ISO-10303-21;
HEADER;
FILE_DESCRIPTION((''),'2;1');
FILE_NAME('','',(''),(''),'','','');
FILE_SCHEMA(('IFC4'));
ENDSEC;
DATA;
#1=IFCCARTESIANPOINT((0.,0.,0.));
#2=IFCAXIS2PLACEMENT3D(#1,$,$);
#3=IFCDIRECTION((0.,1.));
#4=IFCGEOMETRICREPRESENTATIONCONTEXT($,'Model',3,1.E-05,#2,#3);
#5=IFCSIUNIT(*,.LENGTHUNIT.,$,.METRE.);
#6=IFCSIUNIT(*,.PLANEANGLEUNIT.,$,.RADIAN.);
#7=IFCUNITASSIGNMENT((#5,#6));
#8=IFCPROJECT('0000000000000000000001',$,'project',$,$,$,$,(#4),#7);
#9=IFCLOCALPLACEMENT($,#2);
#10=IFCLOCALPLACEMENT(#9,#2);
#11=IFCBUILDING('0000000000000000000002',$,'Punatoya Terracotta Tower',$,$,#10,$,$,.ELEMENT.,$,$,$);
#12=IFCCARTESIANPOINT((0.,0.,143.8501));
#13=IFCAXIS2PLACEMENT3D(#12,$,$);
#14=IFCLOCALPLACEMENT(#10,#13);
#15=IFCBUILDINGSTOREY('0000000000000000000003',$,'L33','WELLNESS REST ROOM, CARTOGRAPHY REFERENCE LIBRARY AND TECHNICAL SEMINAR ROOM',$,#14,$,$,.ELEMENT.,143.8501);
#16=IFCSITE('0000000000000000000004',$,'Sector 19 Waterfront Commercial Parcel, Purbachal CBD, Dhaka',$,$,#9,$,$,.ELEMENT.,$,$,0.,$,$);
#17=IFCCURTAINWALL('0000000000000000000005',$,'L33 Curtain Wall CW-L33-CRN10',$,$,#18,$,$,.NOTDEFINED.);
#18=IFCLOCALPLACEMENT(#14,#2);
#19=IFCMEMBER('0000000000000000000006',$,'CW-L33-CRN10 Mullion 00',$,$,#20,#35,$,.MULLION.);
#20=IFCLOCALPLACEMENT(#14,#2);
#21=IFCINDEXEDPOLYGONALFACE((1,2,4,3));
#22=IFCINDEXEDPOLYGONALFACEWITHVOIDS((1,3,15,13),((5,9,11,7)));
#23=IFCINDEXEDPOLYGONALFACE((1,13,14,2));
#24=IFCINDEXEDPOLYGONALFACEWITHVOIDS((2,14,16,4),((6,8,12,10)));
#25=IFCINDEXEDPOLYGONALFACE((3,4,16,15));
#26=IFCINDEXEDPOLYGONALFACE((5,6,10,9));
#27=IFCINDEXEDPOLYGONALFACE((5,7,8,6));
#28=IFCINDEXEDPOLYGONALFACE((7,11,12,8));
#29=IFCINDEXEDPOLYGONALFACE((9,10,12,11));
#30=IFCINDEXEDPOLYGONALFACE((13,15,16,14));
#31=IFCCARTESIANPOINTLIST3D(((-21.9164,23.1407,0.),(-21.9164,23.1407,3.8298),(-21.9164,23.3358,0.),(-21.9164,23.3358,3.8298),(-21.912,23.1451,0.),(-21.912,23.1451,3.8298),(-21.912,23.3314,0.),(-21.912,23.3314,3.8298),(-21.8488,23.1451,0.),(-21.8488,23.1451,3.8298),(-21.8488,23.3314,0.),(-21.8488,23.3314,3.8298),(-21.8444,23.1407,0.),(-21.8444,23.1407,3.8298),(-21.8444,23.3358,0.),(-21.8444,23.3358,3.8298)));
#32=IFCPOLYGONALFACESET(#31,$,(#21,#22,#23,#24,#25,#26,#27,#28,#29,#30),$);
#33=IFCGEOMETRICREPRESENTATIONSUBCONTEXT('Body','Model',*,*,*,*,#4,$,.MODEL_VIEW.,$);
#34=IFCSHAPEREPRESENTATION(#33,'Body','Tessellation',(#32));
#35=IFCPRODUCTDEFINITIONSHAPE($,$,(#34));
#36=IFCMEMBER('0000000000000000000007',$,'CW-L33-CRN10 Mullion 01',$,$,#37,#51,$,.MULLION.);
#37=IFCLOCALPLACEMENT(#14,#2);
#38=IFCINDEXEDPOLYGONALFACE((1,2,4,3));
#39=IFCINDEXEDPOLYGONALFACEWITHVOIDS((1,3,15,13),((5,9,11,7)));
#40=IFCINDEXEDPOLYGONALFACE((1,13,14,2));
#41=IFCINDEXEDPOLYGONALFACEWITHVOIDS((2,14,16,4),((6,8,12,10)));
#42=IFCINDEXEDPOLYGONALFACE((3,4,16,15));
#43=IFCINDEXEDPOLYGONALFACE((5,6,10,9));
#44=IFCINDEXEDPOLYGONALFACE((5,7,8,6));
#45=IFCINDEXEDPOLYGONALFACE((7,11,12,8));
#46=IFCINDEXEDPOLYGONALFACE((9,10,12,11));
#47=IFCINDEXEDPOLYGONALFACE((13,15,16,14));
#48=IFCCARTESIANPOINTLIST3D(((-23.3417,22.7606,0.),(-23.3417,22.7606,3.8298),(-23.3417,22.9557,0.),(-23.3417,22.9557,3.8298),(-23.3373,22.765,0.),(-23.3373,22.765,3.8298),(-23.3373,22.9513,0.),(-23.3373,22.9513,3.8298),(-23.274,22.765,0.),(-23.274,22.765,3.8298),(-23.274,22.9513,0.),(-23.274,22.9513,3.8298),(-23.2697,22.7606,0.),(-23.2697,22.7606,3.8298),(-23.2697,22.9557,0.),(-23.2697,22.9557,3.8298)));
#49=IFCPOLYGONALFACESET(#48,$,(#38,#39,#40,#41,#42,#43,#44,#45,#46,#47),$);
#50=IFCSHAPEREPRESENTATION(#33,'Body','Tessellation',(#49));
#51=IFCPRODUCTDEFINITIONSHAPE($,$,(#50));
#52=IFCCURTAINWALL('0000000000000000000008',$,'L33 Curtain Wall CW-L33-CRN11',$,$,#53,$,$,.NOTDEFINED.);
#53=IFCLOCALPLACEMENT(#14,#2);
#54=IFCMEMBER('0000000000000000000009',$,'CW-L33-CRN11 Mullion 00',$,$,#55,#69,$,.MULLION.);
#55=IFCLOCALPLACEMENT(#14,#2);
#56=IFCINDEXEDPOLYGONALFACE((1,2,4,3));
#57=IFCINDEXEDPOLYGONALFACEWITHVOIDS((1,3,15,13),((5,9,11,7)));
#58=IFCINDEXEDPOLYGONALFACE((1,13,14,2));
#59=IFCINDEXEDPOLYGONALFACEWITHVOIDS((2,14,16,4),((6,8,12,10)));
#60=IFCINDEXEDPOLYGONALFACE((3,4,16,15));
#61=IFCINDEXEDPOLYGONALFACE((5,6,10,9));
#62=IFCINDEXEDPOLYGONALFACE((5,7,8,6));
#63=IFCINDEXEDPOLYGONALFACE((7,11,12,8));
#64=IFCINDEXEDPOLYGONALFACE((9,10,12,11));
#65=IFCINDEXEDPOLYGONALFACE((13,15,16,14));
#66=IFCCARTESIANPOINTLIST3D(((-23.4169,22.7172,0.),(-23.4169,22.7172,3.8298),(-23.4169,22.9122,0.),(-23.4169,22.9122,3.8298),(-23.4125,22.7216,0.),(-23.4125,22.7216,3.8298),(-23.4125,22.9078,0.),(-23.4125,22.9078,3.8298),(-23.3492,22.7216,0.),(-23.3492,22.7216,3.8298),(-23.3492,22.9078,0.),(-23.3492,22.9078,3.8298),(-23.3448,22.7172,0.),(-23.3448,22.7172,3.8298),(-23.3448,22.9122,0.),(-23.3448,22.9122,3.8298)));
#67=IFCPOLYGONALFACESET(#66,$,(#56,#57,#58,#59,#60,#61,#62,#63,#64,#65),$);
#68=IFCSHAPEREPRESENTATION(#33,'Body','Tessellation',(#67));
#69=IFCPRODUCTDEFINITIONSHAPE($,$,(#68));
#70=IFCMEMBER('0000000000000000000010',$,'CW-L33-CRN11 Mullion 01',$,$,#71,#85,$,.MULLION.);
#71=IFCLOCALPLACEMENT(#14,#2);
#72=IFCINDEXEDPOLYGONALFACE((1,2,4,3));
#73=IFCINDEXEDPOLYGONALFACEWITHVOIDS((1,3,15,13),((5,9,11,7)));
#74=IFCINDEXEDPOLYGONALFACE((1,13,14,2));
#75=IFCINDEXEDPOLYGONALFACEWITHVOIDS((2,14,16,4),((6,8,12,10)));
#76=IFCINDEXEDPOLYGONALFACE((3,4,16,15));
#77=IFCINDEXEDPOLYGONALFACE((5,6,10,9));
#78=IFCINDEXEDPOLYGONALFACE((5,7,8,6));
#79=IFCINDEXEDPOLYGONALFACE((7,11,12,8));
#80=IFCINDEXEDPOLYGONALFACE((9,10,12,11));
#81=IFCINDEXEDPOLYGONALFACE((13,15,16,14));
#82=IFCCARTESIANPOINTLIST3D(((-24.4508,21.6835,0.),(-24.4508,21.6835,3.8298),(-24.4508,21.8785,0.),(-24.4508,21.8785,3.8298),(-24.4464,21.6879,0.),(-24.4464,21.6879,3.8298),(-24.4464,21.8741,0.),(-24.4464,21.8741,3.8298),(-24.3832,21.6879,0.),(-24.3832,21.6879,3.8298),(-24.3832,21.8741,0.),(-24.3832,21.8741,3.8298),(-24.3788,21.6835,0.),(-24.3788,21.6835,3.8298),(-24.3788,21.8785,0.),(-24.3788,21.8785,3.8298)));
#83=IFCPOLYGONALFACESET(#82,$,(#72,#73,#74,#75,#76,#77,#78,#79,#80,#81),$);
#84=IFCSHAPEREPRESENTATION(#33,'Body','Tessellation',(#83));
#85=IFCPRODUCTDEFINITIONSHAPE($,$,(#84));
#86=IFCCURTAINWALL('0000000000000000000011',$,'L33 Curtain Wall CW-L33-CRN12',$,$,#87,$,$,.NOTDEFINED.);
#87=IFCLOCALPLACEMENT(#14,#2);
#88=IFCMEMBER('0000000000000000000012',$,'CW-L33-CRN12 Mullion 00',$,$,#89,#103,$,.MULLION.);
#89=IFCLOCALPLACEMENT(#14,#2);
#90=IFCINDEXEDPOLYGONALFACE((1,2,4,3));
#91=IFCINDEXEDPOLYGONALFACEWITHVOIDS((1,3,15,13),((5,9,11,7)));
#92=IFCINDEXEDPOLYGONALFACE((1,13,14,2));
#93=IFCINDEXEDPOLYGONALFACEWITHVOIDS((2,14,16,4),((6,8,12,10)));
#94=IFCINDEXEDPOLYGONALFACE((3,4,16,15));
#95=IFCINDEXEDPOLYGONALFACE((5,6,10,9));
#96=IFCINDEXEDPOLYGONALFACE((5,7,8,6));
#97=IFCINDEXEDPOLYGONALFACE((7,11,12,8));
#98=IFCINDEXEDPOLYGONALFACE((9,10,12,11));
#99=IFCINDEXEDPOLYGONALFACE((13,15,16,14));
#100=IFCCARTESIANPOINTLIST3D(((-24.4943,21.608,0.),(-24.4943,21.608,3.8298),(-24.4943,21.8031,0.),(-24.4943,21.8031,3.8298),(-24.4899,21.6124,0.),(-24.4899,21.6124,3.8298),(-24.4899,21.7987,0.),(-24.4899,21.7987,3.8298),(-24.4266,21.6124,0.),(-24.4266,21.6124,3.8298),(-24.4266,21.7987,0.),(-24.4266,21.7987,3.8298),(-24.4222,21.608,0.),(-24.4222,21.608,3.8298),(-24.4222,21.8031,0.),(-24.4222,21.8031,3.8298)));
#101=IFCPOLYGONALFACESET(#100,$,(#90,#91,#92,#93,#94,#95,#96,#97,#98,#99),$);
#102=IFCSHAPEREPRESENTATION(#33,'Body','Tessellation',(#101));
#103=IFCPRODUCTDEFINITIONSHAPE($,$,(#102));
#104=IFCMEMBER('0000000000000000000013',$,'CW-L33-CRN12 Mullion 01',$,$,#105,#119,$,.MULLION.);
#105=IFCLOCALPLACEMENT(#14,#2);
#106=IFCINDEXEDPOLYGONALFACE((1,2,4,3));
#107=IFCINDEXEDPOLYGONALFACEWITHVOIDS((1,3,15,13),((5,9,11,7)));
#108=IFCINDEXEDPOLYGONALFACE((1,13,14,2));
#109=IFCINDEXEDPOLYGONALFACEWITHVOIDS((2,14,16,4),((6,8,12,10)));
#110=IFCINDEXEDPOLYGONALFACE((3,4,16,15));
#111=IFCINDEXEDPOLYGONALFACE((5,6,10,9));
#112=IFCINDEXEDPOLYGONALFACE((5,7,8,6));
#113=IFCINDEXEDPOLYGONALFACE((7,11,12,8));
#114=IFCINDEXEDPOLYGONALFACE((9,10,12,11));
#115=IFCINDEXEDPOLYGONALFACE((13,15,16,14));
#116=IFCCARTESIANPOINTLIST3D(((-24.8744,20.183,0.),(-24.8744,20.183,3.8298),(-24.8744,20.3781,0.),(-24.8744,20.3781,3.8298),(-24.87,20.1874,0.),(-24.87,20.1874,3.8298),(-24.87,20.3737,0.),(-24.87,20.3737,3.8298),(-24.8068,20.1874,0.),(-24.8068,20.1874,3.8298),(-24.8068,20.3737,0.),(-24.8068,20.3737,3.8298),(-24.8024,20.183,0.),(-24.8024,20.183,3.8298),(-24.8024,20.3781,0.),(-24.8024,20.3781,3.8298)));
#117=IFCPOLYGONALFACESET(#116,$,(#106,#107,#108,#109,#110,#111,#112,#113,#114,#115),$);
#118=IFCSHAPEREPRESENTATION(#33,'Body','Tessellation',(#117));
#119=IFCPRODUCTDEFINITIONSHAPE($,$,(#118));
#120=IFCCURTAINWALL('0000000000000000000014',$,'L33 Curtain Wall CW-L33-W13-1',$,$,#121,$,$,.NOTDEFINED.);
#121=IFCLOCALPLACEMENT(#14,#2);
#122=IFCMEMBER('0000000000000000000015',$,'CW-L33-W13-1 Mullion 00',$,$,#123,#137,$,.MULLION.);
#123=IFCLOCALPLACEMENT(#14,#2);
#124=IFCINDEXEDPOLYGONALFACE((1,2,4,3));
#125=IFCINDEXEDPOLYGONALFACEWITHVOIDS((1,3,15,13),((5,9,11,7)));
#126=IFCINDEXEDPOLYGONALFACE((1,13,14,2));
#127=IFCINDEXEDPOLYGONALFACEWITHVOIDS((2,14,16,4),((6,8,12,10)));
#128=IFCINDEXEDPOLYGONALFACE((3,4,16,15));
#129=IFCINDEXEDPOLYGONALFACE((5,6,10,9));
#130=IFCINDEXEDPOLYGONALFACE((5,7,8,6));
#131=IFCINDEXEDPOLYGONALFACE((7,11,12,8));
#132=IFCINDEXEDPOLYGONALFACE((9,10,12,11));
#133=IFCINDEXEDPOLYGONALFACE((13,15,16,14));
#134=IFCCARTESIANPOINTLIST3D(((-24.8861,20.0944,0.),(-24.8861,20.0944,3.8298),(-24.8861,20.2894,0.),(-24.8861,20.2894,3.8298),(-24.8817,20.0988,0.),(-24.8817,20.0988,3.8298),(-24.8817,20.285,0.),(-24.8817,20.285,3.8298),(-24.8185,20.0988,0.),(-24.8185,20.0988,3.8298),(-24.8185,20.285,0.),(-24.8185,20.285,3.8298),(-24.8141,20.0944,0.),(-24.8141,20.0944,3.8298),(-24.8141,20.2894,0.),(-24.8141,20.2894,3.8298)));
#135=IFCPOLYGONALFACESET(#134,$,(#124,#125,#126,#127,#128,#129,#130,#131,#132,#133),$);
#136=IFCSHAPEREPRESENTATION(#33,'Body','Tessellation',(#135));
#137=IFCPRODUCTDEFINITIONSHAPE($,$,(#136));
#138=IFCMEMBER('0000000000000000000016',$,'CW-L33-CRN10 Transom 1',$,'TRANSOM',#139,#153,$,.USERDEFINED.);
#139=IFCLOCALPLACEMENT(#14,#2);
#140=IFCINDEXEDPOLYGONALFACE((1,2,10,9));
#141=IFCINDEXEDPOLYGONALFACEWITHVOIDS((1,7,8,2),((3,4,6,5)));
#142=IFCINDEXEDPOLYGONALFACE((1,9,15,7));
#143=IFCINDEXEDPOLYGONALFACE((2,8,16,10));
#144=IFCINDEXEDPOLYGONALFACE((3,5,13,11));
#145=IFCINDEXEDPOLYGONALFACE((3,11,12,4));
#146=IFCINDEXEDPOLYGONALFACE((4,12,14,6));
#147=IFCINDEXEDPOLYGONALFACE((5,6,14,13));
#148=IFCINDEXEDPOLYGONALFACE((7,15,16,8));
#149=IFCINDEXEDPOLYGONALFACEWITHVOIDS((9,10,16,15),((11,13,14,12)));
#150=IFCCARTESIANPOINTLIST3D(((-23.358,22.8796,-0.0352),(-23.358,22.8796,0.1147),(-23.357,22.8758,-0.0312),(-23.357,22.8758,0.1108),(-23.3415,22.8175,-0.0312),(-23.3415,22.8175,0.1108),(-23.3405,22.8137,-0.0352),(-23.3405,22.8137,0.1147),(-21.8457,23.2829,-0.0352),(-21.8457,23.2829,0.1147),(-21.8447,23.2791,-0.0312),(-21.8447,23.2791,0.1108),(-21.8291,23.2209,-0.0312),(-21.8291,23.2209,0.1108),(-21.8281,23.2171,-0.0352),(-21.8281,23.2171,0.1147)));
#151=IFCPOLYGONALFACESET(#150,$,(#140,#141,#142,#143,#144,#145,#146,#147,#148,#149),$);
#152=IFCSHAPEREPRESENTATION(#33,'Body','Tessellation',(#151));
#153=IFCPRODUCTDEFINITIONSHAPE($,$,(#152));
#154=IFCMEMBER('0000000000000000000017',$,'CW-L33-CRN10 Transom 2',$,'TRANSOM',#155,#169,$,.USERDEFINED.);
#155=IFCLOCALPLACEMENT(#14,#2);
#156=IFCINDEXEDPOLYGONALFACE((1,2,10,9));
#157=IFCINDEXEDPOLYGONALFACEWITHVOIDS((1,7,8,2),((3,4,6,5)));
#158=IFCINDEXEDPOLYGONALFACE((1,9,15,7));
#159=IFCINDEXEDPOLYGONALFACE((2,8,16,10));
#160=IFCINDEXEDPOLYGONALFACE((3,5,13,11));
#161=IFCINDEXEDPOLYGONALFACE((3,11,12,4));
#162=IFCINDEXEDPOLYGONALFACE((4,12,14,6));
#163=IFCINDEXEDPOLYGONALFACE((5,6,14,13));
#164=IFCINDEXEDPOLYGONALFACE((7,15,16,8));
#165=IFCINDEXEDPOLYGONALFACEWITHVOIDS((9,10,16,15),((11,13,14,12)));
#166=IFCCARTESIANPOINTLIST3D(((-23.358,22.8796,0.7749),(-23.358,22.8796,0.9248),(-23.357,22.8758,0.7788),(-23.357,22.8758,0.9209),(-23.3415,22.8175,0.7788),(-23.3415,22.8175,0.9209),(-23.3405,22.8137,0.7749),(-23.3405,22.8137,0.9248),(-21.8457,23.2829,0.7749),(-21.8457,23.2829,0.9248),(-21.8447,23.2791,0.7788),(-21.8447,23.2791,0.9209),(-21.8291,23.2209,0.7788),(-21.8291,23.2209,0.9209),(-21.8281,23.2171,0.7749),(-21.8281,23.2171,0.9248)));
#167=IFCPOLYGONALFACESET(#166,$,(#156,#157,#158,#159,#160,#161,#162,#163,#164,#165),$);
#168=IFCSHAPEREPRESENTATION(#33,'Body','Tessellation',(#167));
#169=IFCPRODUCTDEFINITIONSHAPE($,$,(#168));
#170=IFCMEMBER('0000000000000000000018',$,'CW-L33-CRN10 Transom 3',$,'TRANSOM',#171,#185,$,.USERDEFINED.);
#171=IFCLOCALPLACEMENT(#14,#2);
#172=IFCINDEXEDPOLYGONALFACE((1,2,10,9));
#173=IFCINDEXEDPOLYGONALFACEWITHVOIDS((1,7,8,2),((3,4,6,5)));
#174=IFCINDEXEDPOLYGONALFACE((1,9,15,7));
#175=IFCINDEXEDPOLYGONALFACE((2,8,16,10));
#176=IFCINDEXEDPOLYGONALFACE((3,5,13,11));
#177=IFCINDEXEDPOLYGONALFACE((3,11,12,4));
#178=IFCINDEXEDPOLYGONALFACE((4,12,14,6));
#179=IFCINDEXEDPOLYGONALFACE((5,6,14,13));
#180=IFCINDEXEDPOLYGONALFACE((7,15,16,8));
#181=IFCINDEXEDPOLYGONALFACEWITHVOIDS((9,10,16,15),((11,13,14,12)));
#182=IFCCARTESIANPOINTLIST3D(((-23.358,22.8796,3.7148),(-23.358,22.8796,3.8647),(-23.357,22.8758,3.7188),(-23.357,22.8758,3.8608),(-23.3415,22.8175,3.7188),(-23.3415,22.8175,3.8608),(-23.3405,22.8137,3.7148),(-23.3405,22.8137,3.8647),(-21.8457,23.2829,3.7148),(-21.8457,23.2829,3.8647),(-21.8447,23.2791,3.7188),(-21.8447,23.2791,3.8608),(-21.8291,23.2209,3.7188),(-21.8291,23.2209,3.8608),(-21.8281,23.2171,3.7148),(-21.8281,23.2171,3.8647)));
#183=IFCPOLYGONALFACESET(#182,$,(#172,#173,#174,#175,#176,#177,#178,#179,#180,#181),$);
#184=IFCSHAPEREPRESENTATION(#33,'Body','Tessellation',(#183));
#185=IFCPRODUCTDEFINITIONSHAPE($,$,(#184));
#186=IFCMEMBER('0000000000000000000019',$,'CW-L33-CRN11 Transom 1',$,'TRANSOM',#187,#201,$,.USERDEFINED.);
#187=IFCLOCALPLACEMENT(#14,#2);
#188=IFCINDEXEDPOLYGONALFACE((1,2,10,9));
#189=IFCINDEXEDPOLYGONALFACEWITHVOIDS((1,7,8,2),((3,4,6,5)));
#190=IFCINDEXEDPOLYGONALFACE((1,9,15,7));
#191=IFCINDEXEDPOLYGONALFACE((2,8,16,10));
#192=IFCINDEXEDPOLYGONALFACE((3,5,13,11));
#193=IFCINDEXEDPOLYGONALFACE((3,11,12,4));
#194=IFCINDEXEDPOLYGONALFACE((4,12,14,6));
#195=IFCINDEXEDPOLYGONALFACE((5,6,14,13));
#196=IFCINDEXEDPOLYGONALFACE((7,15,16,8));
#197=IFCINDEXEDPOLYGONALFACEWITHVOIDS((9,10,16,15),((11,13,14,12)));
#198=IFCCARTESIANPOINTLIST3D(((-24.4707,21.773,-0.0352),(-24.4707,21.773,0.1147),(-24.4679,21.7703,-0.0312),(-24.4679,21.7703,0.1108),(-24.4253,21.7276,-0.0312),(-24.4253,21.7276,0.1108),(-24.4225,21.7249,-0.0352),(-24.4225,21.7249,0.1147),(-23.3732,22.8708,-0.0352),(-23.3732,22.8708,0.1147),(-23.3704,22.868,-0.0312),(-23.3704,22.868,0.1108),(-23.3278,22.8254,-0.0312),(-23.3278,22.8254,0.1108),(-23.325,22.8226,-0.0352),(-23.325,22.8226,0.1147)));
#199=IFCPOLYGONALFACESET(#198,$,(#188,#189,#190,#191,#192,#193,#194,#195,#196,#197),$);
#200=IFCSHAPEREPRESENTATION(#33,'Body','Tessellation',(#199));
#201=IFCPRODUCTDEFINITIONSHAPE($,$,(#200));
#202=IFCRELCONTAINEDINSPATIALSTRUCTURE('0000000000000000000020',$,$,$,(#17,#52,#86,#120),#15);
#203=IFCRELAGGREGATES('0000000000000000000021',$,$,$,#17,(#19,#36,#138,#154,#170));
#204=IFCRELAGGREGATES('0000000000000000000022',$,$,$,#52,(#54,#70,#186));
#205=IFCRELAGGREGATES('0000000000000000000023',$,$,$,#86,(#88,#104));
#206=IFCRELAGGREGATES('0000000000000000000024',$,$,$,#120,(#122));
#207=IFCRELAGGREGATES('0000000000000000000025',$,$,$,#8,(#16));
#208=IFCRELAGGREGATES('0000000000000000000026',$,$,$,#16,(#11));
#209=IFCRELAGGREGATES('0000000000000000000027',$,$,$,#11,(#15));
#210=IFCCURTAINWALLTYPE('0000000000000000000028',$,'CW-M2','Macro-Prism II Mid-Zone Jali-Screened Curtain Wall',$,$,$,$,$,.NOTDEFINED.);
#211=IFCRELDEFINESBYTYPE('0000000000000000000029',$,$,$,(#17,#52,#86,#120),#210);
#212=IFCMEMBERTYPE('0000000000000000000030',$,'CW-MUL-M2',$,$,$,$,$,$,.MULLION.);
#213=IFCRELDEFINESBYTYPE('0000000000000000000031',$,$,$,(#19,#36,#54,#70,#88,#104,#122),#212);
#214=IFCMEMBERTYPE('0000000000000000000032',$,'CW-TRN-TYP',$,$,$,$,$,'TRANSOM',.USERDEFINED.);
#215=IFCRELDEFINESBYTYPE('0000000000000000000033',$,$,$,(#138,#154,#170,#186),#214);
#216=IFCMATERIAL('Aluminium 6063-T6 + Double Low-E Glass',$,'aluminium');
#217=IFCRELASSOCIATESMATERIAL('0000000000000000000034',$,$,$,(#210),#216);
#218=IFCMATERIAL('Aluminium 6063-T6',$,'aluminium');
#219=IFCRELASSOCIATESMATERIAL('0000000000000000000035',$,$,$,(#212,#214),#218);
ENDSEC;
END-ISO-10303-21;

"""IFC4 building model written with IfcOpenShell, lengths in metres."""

from ifc_helpers import new_model, si_unit, direction, frame, origin, origin_2d, place, context, subcontext, project, spatial, hollow_rectangle, extrude, material, material_profile, profile_set, type_object, element, aggregate, save


model = new_model("IFC4")

# Units and contexts
model_context = context("Model", 3, precision=1e-05, world=origin(), true_north=direction((0.0, 1.0)))
body_context = subcontext(model_context, "Body", "Model", "MODEL_VIEW")
ifc_project = project(units=[si_unit("LENGTHUNIT", "METRE"), si_unit("PLANEANGLEUNIT", "RADIAN")], contexts=[model_context])

# Site, building, storey
site_placement = place(None, origin())
site = spatial("IfcSite", under=ifc_project, at=site_placement, Name="Sector 19 Waterfront Commercial Parcel, Purbachal CBD, Dhaka", CompositionType="ELEMENT", RefElevation=0.0)
building_placement = place(site_placement, origin())
building = spatial("IfcBuilding", under=site, at=building_placement, Name="Punatoya Terracotta Tower", CompositionType="ELEMENT")
storey_placement = place(building_placement, frame((0.0, 0.0, 143.8501)))
storey = spatial("IfcBuildingStorey", under=building, at=storey_placement, Name="L33", Description="WELLNESS REST ROOM, CARTOGRAPHY REFERENCE LIBRARY AND TECHNICAL SEMINAR ROOM", CompositionType="ELEMENT", Elevation=143.8501)

# Curtain walls, members
ifc_material_1 = material(Name="Aluminium 6063-T6 + Double Low-E Glass", Category="aluminium")
curtain_wall_type = type_object("IfcCurtainWallType", Name="CW-M2", Description="Macro-Prism II Mid-Zone Jali-Screened Curtain Wall", PredefinedType="NOTDEFINED", material=ifc_material_1)
curtain_wall_1_placement = place(storey_placement, origin())
curtain_wall_1 = element("IfcCurtainWall", 1, at=curtain_wall_1_placement, inside=storey, type_object=curtain_wall_type, Name="L33 Curtain Wall CW-L33-CRN10", PredefinedType="NOTDEFINED")
ifc_material_2 = material(Name="Aluminium 6063-T6", Category="aluminium")
ifc_material_profile_1 = material_profile(ifc_material_2, hollow_rectangle(XDim=0.072, YDim=0.1951, WallThickness=0.0044, at=origin_2d()))
ifc_profile_set_1 = profile_set([ifc_material_profile_1], Name="Aluminium 6063-T6")
member_type_1 = type_object("IfcMemberType", Name="CW-MUL-M2", PredefinedType="MULLION", material=ifc_profile_set_1)
member_1_placement = place(storey_placement, frame((-21.8804, 23.2383, 0.0), z_axis=(0.0, 0.0, 1.0), x_axis=(1.0, 0.0, 0.0)))
member_1 = element("IfcMember", 2, at=member_1_placement, type_object=member_type_1, Name="CW-L33-CRN10 Mullion 00", PredefinedType="MULLION", context=body_context, shape_type="SweptSolid", body=[
    extrude(hollow_rectangle(XDim=0.072, YDim=0.1951, WallThickness=0.0044, at=origin_2d()), origin(), (0.0, 0.0, 1.0), 3.8298),
])
member_2_placement = place(storey_placement, frame((-23.3057, 22.8582, 0.0), z_axis=(0.0, 0.0, 1.0), x_axis=(1.0, 0.0, 0.0)))
member_2 = element("IfcMember", 3, at=member_2_placement, type_object=member_type_1, Name="CW-L33-CRN10 Mullion 01", PredefinedType="MULLION", context=body_context, shape_type="SweptSolid", body=[
    extrude(hollow_rectangle(XDim=0.072, YDim=0.1951, WallThickness=0.0044, at=origin_2d()), origin(), (0.0, 0.0, 1.0), 3.8298),
])
curtain_wall_2_placement = place(storey_placement, origin())
curtain_wall_2 = element("IfcCurtainWall", 4, at=curtain_wall_2_placement, inside=storey, type_object=curtain_wall_type, Name="L33 Curtain Wall CW-L33-CRN11", PredefinedType="NOTDEFINED")
member_3_placement = place(storey_placement, frame((-23.3809, 22.8147, 0.0), z_axis=(0.0, 0.0, 1.0), x_axis=(1.0, 0.0, 0.0)))
member_3 = element("IfcMember", 5, at=member_3_placement, type_object=member_type_1, Name="CW-L33-CRN11 Mullion 00", PredefinedType="MULLION", context=body_context, shape_type="SweptSolid", body=[
    extrude(hollow_rectangle(XDim=0.072, YDim=0.1951, WallThickness=0.0044, at=origin_2d()), origin(), (0.0, 0.0, 1.0), 3.8298),
])
member_4_placement = place(storey_placement, frame((-24.4148, 21.781, 0.0), z_axis=(0.0, 0.0, 1.0), x_axis=(1.0, 0.0, 0.0)))
member_4 = element("IfcMember", 6, at=member_4_placement, type_object=member_type_1, Name="CW-L33-CRN11 Mullion 01", PredefinedType="MULLION", context=body_context, shape_type="SweptSolid", body=[
    extrude(hollow_rectangle(XDim=0.072, YDim=0.1951, WallThickness=0.0044, at=origin_2d()), origin(), (0.0, 0.0, 1.0), 3.8298),
])
curtain_wall_3_placement = place(storey_placement, origin())
curtain_wall_3 = element("IfcCurtainWall", 7, at=curtain_wall_3_placement, inside=storey, type_object=curtain_wall_type, Name="L33 Curtain Wall CW-L33-CRN12", PredefinedType="NOTDEFINED")
member_5_placement = place(storey_placement, frame((-24.4583, 21.7056, 0.0), z_axis=(0.0, 0.0, 1.0), x_axis=(1.0, 0.0, 0.0)))
member_5 = element("IfcMember", 8, at=member_5_placement, type_object=member_type_1, Name="CW-L33-CRN12 Mullion 00", PredefinedType="MULLION", context=body_context, shape_type="SweptSolid", body=[
    extrude(hollow_rectangle(XDim=0.072, YDim=0.1951, WallThickness=0.0044, at=origin_2d()), origin(), (0.0, 0.0, 1.0), 3.8298),
])
member_6_placement = place(storey_placement, frame((-24.8384, 20.2805, 0.0), z_axis=(0.0, 0.0, 1.0), x_axis=(1.0, 0.0, 0.0)))
member_6 = element("IfcMember", 9, at=member_6_placement, type_object=member_type_1, Name="CW-L33-CRN12 Mullion 01", PredefinedType="MULLION", context=body_context, shape_type="SweptSolid", body=[
    extrude(hollow_rectangle(XDim=0.072, YDim=0.1951, WallThickness=0.0044, at=origin_2d()), origin(), (0.0, 0.0, 1.0), 3.8298),
])

# Curtain wall, member
curtain_wall_4_placement = place(storey_placement, origin())
curtain_wall_4 = element("IfcCurtainWall", 10, at=curtain_wall_4_placement, inside=storey, type_object=curtain_wall_type, Name="L33 Curtain Wall CW-L33-W13-1", PredefinedType="NOTDEFINED")
member_7_placement = place(storey_placement, frame((-24.8501, 20.1919, 0.0), z_axis=(0.0, 0.0, 1.0), x_axis=(1.0, 0.0, 0.0)))
member_7 = element("IfcMember", 11, at=member_7_placement, type_object=member_type_1, Name="CW-L33-W13-1 Mullion 00", PredefinedType="MULLION", context=body_context, shape_type="SweptSolid", body=[
    extrude(hollow_rectangle(XDim=0.072, YDim=0.1951, WallThickness=0.0044, at=origin_2d()), origin(), (0.0, 0.0, 1.0), 3.8298),
])

# Members
ifc_material_profile_2 = material_profile(ifc_material_2, hollow_rectangle(XDim=0.0681, YDim=0.1499, WallThickness=0.0039, at=origin_2d()))
ifc_profile_set_2 = profile_set([ifc_material_profile_2], Name="Aluminium 6063-T6")
member_type_2 = type_object("IfcMemberType", Name="CW-TRN-TYP", ElementType="TRANSOM", PredefinedType="USERDEFINED", material=ifc_profile_set_2)
member_8_placement = place(storey_placement, frame((-21.8369, 23.25, 0.0398), z_axis=(-0.966225, -0.257701, 0.0), x_axis=(0.257701, -0.966225, 0.0)))
member_8 = element("IfcMember", 12, at=member_8_placement, type_object=member_type_2, Name="CW-L33-CRN10 Transom 1", ObjectType="TRANSOM", PredefinedType="USERDEFINED", context=body_context, shape_type="SweptSolid", body=[
    extrude(hollow_rectangle(XDim=0.0681, YDim=0.1499, WallThickness=0.0039, at=origin_2d()), origin(), (0.0, 0.0, 1.0), 1.5652),
])
member_9_placement = place(storey_placement, frame((-21.8369, 23.25, 0.8499), z_axis=(-0.966225, -0.257701, 0.0), x_axis=(0.257701, -0.966225, 0.0)))
member_9 = element("IfcMember", 13, at=member_9_placement, type_object=member_type_2, Name="CW-L33-CRN10 Transom 2", ObjectType="TRANSOM", PredefinedType="USERDEFINED", context=body_context, shape_type="SweptSolid", body=[
    extrude(hollow_rectangle(XDim=0.0681, YDim=0.1499, WallThickness=0.0039, at=origin_2d()), origin(), (0.0, 0.0, 1.0), 1.5652),
])
member_10_placement = place(storey_placement, frame((-21.8369, 23.25, 3.7898), z_axis=(-0.966225, -0.257701, 0.0), x_axis=(0.257701, -0.966225, 0.0)))
member_10 = element("IfcMember", 14, at=member_10_placement, type_object=member_type_2, Name="CW-L33-CRN10 Transom 3", ObjectType="TRANSOM", PredefinedType="USERDEFINED", context=body_context, shape_type="SweptSolid", body=[
    extrude(hollow_rectangle(XDim=0.0681, YDim=0.1499, WallThickness=0.0039, at=origin_2d()), origin(), (0.0, 0.0, 1.0), 1.5652),
])
member_11_placement = place(storey_placement, frame((-23.3491, 22.8467, 0.0398), z_axis=(-0.707028, -0.707185, 0.0), x_axis=(0.707185, -0.707028, 0.0)))
member_11 = element("IfcMember", 15, at=member_11_placement, type_object=member_type_2, Name="CW-L33-CRN11 Transom 1", ObjectType="TRANSOM", PredefinedType="USERDEFINED", context=body_context, shape_type="SweptSolid", body=[
    extrude(hollow_rectangle(XDim=0.0681, YDim=0.1499, WallThickness=0.0039, at=origin_2d()), origin(), (0.0, 0.0, 1.0), 1.5522),
])

aggregate(curtain_wall_1, [member_1, member_2, member_8, member_9, member_10])
aggregate(curtain_wall_2, [member_3, member_4, member_11])
aggregate(curtain_wall_3, [member_5, member_6])
aggregate(curtain_wall_4, [member_7])

save(model, "model.ifc")
